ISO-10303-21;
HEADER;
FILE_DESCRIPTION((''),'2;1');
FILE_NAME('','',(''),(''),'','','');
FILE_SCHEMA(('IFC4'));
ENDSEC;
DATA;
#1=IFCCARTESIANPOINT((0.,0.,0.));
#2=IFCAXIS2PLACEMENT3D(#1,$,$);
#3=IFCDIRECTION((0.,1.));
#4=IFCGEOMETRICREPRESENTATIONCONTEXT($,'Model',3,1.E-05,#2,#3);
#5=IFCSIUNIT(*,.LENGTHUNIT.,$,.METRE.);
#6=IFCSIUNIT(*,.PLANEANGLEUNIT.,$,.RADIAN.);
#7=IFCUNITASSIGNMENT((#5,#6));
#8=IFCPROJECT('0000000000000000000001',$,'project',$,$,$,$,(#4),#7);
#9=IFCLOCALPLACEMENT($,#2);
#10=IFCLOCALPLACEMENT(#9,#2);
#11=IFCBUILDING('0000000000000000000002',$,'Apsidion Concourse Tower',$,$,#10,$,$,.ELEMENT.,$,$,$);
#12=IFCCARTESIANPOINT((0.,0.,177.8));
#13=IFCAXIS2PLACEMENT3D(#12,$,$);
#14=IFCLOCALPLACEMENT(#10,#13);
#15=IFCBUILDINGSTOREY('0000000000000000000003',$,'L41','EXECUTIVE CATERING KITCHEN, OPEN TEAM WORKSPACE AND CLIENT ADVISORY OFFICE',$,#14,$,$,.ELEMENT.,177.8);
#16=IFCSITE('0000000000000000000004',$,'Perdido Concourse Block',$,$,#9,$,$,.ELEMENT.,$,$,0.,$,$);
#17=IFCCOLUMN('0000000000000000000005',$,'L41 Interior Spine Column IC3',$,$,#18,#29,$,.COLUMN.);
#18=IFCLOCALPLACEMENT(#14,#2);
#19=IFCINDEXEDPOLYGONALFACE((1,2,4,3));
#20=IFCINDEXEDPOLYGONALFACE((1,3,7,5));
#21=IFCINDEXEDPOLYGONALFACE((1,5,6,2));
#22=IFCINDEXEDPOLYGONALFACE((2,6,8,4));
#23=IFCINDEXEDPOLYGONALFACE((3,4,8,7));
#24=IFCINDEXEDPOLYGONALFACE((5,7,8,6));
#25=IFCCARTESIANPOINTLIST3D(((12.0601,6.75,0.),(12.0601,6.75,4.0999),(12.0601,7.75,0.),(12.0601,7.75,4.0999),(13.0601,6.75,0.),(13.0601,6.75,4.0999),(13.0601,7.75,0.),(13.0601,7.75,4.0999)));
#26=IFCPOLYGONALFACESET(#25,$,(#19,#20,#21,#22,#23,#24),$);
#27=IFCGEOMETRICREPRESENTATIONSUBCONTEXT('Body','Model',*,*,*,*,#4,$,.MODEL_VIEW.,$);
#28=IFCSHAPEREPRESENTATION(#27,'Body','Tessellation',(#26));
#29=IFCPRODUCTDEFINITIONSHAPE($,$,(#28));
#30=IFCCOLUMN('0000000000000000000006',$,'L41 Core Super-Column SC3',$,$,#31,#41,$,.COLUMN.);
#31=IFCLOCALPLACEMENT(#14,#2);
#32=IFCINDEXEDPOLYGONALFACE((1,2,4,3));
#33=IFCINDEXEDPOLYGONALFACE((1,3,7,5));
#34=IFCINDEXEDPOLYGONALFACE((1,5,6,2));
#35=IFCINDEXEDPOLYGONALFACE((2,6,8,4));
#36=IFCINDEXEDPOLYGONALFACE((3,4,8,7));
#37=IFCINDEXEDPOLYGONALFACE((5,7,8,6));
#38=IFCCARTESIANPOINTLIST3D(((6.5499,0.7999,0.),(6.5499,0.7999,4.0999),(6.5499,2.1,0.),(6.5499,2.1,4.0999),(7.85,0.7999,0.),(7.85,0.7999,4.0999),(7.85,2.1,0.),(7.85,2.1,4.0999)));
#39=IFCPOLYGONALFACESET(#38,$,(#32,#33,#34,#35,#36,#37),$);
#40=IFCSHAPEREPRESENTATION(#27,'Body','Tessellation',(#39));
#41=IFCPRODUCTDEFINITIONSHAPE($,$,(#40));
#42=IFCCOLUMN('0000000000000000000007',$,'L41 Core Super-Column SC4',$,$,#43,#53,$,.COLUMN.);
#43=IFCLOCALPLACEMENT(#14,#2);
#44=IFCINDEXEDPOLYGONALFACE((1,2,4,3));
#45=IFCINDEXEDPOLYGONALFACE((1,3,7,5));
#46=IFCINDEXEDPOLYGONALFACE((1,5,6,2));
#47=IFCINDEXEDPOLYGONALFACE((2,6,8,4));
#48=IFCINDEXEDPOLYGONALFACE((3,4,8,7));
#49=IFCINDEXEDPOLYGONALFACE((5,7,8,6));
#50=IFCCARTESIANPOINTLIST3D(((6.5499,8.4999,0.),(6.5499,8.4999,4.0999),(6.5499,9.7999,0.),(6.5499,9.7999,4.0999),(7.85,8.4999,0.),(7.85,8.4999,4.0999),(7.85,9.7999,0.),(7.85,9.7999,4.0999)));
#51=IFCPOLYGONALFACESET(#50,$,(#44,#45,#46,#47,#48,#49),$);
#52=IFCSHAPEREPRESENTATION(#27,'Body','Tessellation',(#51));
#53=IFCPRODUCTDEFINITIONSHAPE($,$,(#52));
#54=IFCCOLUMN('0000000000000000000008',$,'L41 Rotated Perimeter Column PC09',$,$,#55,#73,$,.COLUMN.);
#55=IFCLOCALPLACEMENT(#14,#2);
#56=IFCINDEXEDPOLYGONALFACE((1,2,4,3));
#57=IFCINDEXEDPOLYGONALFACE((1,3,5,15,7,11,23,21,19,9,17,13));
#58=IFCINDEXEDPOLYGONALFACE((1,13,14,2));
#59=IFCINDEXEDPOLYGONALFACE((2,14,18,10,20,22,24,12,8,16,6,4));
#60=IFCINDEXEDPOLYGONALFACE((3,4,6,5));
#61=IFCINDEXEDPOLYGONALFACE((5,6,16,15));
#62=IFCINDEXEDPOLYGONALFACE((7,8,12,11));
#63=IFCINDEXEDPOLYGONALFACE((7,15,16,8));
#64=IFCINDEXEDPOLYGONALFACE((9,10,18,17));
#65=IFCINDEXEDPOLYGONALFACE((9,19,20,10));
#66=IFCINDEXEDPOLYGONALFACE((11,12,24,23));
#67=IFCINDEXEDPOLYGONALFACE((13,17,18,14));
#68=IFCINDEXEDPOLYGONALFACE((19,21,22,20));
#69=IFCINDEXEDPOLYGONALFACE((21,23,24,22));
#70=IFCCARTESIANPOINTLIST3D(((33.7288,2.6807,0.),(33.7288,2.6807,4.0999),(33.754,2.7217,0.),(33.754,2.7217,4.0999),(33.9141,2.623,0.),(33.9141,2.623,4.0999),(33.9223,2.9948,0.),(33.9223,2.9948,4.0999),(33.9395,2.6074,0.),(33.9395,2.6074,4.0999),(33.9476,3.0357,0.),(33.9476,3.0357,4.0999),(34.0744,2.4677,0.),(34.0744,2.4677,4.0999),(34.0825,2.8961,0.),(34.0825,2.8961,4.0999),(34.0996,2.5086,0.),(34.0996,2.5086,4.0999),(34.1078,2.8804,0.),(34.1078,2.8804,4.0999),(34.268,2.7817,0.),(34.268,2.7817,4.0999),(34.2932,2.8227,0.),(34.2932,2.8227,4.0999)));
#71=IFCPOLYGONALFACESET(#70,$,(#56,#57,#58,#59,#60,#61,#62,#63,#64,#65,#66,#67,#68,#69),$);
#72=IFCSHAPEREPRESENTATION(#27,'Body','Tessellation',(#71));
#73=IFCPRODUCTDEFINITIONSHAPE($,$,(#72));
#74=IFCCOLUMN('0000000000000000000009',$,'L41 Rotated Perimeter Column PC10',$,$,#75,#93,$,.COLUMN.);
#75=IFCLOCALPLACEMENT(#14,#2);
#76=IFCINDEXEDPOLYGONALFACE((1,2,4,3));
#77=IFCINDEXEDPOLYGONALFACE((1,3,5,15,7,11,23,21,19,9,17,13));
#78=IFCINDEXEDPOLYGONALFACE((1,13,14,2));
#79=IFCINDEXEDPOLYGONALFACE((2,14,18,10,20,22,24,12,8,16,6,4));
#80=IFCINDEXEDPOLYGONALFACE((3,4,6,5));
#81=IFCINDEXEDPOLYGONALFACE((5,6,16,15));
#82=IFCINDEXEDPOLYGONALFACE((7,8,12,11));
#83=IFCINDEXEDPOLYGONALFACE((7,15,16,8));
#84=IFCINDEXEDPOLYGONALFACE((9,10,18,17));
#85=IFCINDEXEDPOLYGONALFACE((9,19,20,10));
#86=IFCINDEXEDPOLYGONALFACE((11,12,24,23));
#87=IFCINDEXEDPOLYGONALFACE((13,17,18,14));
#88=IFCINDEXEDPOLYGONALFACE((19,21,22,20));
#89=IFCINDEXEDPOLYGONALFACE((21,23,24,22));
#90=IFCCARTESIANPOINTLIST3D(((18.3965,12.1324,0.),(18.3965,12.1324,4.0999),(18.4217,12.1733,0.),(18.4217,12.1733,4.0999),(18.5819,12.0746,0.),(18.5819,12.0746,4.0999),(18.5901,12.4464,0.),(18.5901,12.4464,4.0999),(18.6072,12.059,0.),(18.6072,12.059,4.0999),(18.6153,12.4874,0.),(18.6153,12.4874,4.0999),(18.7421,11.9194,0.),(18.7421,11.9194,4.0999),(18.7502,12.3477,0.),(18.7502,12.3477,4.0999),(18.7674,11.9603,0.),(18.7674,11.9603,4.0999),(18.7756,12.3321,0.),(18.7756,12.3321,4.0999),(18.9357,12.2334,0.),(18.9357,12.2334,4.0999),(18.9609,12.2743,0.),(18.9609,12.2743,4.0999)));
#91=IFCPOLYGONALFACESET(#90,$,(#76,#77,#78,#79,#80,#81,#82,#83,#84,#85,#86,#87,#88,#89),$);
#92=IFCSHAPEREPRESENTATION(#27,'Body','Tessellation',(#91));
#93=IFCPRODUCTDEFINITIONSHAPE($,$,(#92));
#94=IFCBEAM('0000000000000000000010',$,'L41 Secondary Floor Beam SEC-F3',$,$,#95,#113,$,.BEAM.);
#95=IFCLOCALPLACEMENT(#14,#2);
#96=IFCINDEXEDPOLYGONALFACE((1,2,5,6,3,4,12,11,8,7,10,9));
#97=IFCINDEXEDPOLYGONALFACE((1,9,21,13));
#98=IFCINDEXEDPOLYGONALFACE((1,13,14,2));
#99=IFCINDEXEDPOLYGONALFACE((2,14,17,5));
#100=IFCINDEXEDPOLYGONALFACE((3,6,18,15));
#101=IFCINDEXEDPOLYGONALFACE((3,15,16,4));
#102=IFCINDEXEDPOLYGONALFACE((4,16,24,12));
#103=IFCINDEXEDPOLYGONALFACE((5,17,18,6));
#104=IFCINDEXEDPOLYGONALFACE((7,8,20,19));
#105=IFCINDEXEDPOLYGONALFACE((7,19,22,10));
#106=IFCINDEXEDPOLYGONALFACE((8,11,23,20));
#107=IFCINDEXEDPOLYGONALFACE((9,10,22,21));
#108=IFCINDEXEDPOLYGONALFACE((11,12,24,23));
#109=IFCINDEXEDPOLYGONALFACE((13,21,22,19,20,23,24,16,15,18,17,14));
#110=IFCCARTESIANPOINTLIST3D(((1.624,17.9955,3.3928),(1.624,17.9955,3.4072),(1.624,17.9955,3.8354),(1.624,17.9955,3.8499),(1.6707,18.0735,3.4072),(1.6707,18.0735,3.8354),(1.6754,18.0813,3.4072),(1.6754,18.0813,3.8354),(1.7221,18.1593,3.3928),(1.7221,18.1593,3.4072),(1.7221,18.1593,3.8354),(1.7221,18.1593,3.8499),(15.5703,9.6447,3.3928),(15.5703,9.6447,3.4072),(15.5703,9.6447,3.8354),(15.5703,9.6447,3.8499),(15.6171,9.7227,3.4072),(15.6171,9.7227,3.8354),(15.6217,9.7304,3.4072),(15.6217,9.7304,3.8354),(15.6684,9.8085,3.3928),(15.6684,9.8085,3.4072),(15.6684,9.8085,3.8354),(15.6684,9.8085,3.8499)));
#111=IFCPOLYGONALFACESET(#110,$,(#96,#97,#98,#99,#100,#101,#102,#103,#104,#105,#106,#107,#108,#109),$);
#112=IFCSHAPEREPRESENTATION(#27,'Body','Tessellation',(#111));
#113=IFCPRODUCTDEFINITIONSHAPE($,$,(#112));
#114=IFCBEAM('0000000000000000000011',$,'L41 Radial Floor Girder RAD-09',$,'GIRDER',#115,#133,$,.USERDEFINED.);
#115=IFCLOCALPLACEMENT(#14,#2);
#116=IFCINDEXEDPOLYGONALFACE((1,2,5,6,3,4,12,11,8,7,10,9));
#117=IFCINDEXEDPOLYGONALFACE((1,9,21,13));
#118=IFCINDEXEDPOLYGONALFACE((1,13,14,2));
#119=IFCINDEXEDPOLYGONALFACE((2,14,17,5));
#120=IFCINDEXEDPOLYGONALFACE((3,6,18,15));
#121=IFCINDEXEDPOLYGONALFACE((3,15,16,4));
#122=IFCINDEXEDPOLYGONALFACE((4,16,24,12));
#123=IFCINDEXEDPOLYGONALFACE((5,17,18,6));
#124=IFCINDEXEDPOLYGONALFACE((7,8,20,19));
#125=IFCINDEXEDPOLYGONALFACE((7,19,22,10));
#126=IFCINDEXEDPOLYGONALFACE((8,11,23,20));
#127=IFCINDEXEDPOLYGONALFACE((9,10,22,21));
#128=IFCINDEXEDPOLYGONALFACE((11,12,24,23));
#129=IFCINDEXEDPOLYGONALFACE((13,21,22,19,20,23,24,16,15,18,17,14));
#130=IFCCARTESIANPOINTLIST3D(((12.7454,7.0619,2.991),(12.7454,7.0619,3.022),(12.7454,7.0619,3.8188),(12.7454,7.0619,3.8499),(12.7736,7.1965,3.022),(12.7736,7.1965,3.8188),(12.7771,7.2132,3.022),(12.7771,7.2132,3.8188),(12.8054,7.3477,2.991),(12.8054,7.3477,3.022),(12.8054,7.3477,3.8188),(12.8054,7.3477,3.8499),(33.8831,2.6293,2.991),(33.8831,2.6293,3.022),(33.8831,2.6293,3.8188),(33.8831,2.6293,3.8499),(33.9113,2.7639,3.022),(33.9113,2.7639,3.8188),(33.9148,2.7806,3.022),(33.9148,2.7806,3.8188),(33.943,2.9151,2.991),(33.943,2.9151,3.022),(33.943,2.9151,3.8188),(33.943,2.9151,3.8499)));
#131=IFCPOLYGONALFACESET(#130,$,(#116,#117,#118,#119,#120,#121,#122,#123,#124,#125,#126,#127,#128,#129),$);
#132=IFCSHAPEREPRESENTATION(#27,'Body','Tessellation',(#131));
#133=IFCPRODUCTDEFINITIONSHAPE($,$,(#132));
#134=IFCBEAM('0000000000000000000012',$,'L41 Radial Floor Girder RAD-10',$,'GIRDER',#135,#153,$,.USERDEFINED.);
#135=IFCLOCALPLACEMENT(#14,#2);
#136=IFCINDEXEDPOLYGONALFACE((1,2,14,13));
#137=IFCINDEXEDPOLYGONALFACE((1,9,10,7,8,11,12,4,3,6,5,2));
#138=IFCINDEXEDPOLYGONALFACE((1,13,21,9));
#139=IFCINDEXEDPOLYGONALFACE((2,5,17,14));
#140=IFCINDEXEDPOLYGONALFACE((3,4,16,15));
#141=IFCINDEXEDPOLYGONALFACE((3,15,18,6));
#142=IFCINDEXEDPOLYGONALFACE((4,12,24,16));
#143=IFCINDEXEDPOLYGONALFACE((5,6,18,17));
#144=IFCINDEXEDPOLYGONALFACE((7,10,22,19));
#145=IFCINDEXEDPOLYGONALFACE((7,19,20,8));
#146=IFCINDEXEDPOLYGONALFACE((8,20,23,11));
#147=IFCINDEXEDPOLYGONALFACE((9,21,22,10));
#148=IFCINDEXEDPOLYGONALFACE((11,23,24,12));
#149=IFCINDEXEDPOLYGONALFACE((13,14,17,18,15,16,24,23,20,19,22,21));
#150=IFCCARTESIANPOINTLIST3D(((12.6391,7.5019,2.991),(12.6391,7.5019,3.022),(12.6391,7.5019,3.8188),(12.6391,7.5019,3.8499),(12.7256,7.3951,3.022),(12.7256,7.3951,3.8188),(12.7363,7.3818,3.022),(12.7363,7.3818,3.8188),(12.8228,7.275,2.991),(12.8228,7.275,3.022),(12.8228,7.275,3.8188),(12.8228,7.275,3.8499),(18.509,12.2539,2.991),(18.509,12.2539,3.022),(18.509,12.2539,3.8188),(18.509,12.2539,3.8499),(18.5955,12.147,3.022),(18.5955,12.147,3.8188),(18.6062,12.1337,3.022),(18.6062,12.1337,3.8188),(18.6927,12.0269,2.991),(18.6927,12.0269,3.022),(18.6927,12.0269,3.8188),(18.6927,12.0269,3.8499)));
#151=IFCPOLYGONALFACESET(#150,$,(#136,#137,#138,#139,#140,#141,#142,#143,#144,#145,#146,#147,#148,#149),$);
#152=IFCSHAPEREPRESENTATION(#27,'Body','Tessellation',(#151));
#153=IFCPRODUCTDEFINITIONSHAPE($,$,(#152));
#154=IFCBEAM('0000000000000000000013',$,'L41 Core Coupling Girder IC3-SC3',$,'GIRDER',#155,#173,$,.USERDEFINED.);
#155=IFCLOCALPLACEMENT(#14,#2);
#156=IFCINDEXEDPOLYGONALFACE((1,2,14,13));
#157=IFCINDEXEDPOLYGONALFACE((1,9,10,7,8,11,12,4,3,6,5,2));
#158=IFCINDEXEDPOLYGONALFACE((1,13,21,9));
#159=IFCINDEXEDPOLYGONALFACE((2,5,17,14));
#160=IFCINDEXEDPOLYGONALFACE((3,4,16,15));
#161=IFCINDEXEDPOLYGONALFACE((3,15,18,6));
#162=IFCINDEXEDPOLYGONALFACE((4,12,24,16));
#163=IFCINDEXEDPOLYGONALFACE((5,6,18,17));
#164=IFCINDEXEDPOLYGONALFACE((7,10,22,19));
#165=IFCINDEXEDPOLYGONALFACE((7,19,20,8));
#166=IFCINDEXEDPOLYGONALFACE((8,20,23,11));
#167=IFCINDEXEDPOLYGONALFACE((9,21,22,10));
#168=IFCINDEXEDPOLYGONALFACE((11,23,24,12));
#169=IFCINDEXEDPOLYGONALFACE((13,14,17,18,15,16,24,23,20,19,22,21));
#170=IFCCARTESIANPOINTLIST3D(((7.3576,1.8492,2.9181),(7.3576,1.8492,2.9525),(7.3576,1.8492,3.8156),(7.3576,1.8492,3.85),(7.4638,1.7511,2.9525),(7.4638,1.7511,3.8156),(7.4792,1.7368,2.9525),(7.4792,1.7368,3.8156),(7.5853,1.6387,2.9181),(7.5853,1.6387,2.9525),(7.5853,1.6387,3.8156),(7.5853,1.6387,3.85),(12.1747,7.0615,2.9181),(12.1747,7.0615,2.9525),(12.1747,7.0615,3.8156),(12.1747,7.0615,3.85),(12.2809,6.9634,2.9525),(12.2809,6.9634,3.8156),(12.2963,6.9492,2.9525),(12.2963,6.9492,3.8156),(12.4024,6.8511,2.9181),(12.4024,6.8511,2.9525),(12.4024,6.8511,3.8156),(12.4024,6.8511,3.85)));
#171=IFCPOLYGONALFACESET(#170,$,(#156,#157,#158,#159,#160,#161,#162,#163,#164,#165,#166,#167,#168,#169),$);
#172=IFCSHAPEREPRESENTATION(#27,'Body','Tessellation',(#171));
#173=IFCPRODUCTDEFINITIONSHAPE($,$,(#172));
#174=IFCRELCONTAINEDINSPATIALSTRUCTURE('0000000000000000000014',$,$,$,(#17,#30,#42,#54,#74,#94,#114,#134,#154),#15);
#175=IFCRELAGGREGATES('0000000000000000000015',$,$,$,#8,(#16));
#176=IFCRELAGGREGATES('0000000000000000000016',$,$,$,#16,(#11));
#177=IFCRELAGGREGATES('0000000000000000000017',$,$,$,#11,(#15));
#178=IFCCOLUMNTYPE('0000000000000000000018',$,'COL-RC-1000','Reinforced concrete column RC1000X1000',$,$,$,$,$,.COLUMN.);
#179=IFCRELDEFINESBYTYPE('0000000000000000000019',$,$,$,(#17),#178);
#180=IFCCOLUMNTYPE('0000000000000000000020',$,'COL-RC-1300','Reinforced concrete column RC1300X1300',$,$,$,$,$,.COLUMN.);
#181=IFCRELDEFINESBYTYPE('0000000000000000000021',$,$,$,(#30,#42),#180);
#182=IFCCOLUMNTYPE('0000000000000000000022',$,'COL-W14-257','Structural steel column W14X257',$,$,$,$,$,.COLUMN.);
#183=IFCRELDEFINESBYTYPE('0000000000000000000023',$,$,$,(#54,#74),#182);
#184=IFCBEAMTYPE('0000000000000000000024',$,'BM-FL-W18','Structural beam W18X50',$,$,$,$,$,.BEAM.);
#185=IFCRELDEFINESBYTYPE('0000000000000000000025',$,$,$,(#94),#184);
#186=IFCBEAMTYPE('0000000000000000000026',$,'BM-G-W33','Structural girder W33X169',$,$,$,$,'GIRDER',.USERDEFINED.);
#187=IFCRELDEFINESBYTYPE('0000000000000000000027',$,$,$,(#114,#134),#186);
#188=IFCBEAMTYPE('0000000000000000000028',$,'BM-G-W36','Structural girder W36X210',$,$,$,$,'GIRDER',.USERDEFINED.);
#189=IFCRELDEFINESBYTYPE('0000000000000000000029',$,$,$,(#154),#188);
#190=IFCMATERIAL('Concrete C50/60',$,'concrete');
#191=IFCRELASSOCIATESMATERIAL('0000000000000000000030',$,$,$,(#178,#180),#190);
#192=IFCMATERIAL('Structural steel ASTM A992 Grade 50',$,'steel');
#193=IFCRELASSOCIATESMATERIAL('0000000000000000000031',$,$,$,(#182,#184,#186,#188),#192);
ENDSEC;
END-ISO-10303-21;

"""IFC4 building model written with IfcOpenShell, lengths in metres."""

from ifc_helpers import new_model, si_unit, direction, frame, origin, origin_2d, place, context, subcontext, project, spatial, rectangle, i_section, extrude, material, material_profile, profile_set, type_object, element, save


model = new_model("IFC4")

# Units and contexts
model_context = context("Model", 3, precision=1e-05, world=origin(), true_north=direction((0.0, 1.0)))
body_context = subcontext(model_context, "Body", "Model", "MODEL_VIEW")
ifc_project = project(units=[si_unit("LENGTHUNIT", "METRE"), si_unit("PLANEANGLEUNIT", "RADIAN")], contexts=[model_context])

# Site, building, storey
site_placement = place(None, origin())
site = spatial("IfcSite", under=ifc_project, at=site_placement, Name="Perdido Concourse Block", CompositionType="ELEMENT", RefElevation=0.0)
building_placement = place(site_placement, origin())
building = spatial("IfcBuilding", under=site, at=building_placement, Name="Apsidion Concourse Tower", CompositionType="ELEMENT")
storey_placement = place(building_placement, frame((0.0, 0.0, 177.8)))
storey = spatial("IfcBuildingStorey", under=building, at=storey_placement, Name="L41", Description="EXECUTIVE CATERING KITCHEN, OPEN TEAM WORKSPACE AND CLIENT ADVISORY OFFICE", CompositionType="ELEMENT", Elevation=177.8)

# Columns
ifc_material_1 = material(Name="Concrete C50/60", Category="concrete")
ifc_material_profile_1 = material_profile(ifc_material_1, rectangle(XDim=1.0, YDim=1.0, at=origin_2d()), Name="RC 1000x1000")
ifc_profile_set_1 = profile_set([ifc_material_profile_1], Name="Concrete C50/60")
column_type_1 = type_object("IfcColumnType", Name="COL-RC-1000", Description="Reinforced concrete column RC1000X1000", PredefinedType="COLUMN", material=ifc_profile_set_1)
column_placement = place(storey_placement, frame((12.5601, 7.25, 0.0), z_axis=(0.0, 0.0, 1.0), x_axis=(1.0, 0.0, 0.0)))
element("IfcColumn", 1, at=column_placement, inside=storey, type_object=column_type_1, Name="L41 Interior Spine Column IC3", PredefinedType="COLUMN", context=body_context, shape_type="SweptSolid", body=[
    extrude(rectangle(XDim=1.0, YDim=1.0, at=origin_2d()), origin(), (0.0, 0.0, 1.0), 4.0999),
])
ifc_material_profile_2 = material_profile(ifc_material_1, rectangle(XDim=1.3, YDim=1.3, at=origin_2d()), Name="RC 1300x1300")
ifc_profile_set_2 = profile_set([ifc_material_profile_2], Name="Concrete C50/60")
column_type_2 = type_object("IfcColumnType", Name="COL-RC-1300", Description="Reinforced concrete column RC1300X1300", PredefinedType="COLUMN", material=ifc_profile_set_2)
for number, where, z_axis, x_axis, name in (
    (2, (7.2, 1.45, 0.0), (0.0, 0.0, 1.0), (1.0, 0.0, 0.0), "L41 Core Super-Column SC3"),
    (3, (7.2, 9.1499, 0.0), (0.0, 0.0, 1.0), (1.0, 0.0, 0.0), "L41 Core Super-Column SC4"),
):
    element("IfcColumn", number, at=place(storey_placement, frame(where, z_axis=z_axis, x_axis=x_axis)), inside=storey, type_object=column_type_2, Name=name, PredefinedType="COLUMN", context=body_context, shape_type="SweptSolid", body=[
        extrude(rectangle(XDim=1.3, YDim=1.3, at=origin_2d()), origin(), (0.0, 0.0, 1.0), 4.0999),
    ])
ifc_material_2 = material(Name="Structural steel ASTM A992 Grade 50", Category="steel")
ifc_material_profile_3 = material_profile(ifc_material_2, i_section(OverallWidth=0.406, OverallDepth=0.417, WebThickness=0.0298, FlangeThickness=0.0481, at=origin_2d()), Name="W14X257")
ifc_profile_set_3 = profile_set([ifc_material_profile_3], Name="Structural steel ASTM A992 Grade 50")
column_type_3 = type_object("IfcColumnType", Name="COL-W14-257", Description="Structural steel column W14X257", PredefinedType="COLUMN", material=ifc_profile_set_3)
for number, where, z_axis, x_axis, name in (
    (4, (34.011, 2.7517, 0.0), (0.0, 0.0, 1.0), (-0.851269, 0.524729, 0.0), "L41 Rotated Perimeter Column PC09"),
    (5, (18.6787, 12.2034, 0.0), (0.0, 0.0, 1.0), (-0.851269, 0.524729, 0.0), "L41 Rotated Perimeter Column PC10"),
):
    element("IfcColumn", number, at=place(storey_placement, frame(where, z_axis=z_axis, x_axis=x_axis)), inside=storey, type_object=column_type_3, Name=name, PredefinedType="COLUMN", context=body_context, shape_type="SweptSolid", body=[
        extrude(i_section(OverallWidth=0.406, OverallDepth=0.417, WebThickness=0.0298, FlangeThickness=0.0481, at=origin_2d()), origin(), (0.0, 0.0, 1.0), 4.0999),
    ])

# Beams
ifc_material_profile_4 = material_profile(ifc_material_2, i_section(OverallWidth=0.1909, OverallDepth=0.457, WebThickness=0.009, FlangeThickness=0.0144, at=origin_2d()), Name="W18X50")
ifc_profile_set_4 = profile_set([ifc_material_profile_4], Name="Structural steel ASTM A992 Grade 50")
beam_type_1 = type_object("IfcBeamType", Name="BM-FL-W18", Description="Structural beam W18X50", PredefinedType="BEAM", material=ifc_profile_set_4)
beam_1_placement = place(storey_placement, frame((15.6194, 9.7266, 3.6213), z_axis=(-0.857952, 0.513729, 0.0), x_axis=(-0.513729, -0.857952, 0.0)))
element("IfcBeam", 6, at=beam_1_placement, inside=storey, type_object=beam_type_1, Name="L41 Secondary Floor Beam SEC-F3", PredefinedType="BEAM", context=body_context, shape_type="SweptSolid", body=[
    extrude(i_section(OverallWidth=0.1909, OverallDepth=0.457, WebThickness=0.009, FlangeThickness=0.0144, at=origin_2d()), origin(), (0.0, 0.0, 1.0), 16.2554),
])
ifc_material_profile_5 = material_profile(ifc_material_2, i_section(OverallWidth=0.292, OverallDepth=0.8589, WebThickness=0.0171, FlangeThickness=0.031, at=origin_2d()), Name="W33X169")
ifc_profile_set_5 = profile_set([ifc_material_profile_5], Name="Structural steel ASTM A992 Grade 50")
beam_type_2 = type_object("IfcBeamType", Name="BM-G-W33", Description="Structural girder W33X169", ElementType="GIRDER", PredefinedType="USERDEFINED", material=ifc_profile_set_5)
beam_2_placement = place(storey_placement, frame((12.7754, 7.2048, 3.4204), z_axis=(0.978712, -0.205238, 0.0), x_axis=(0.205238, 0.978712, 0.0)))
element("IfcBeam", 7, at=beam_2_placement, inside=storey, type_object=beam_type_2, Name="L41 Radial Floor Girder RAD-09", ObjectType="GIRDER", PredefinedType="USERDEFINED", context=body_context, shape_type="SweptSolid", body=[
    extrude(i_section(OverallWidth=0.292, OverallDepth=0.8589, WebThickness=0.0171, FlangeThickness=0.031, at=origin_2d()), origin(), (0.0, 0.0, 1.0), 21.5974),
])
beam_3_placement = place(storey_placement, frame((12.731, 7.3884, 3.4204), z_axis=(0.777235, 0.62921, 0.0), x_axis=(-0.62921, 0.777235, 0.0)))
element("IfcBeam", 8, at=beam_3_placement, inside=storey, type_object=beam_type_2, Name="L41 Radial Floor Girder RAD-10", ObjectType="GIRDER", PredefinedType="USERDEFINED", context=body_context, shape_type="SweptSolid", body=[
    extrude(i_section(OverallWidth=0.292, OverallDepth=0.8589, WebThickness=0.0171, FlangeThickness=0.031, at=origin_2d()), origin(), (0.0, 0.0, 1.0), 7.5522),
])
ifc_material_profile_6 = material_profile(ifc_material_2, i_section(OverallWidth=0.3101, OverallDepth=0.9319, WebThickness=0.021, FlangeThickness=0.0344, at=origin_2d()), Name="W36X210")
ifc_profile_set_6 = profile_set([ifc_material_profile_6], Name="Structural steel ASTM A992 Grade 50")
beam_type_3 = type_object("IfcBeamType", Name="BM-G-W36", Description="Structural girder W36X210", ElementType="GIRDER", PredefinedType="USERDEFINED", material=ifc_profile_set_6)
beam_4_placement = place(storey_placement, frame((12.2886, 6.9563, 3.384), z_axis=(-0.678713, -0.734404, 0.0), x_axis=(0.734404, -0.678713, 0.0)))
element("IfcBeam", 9, at=beam_4_placement, inside=storey, type_object=beam_type_3, Name="L41 Core Coupling Girder IC3-SC3", ObjectType="GIRDER", PredefinedType="USERDEFINED", context=body_context, shape_type="SweptSolid", body=[
    extrude(i_section(OverallWidth=0.3101, OverallDepth=0.9319, WebThickness=0.021, FlangeThickness=0.0344, at=origin_2d()), origin(), (0.0, 0.0, 1.0), 7.0974),
])

save(model, "model.ifc")
